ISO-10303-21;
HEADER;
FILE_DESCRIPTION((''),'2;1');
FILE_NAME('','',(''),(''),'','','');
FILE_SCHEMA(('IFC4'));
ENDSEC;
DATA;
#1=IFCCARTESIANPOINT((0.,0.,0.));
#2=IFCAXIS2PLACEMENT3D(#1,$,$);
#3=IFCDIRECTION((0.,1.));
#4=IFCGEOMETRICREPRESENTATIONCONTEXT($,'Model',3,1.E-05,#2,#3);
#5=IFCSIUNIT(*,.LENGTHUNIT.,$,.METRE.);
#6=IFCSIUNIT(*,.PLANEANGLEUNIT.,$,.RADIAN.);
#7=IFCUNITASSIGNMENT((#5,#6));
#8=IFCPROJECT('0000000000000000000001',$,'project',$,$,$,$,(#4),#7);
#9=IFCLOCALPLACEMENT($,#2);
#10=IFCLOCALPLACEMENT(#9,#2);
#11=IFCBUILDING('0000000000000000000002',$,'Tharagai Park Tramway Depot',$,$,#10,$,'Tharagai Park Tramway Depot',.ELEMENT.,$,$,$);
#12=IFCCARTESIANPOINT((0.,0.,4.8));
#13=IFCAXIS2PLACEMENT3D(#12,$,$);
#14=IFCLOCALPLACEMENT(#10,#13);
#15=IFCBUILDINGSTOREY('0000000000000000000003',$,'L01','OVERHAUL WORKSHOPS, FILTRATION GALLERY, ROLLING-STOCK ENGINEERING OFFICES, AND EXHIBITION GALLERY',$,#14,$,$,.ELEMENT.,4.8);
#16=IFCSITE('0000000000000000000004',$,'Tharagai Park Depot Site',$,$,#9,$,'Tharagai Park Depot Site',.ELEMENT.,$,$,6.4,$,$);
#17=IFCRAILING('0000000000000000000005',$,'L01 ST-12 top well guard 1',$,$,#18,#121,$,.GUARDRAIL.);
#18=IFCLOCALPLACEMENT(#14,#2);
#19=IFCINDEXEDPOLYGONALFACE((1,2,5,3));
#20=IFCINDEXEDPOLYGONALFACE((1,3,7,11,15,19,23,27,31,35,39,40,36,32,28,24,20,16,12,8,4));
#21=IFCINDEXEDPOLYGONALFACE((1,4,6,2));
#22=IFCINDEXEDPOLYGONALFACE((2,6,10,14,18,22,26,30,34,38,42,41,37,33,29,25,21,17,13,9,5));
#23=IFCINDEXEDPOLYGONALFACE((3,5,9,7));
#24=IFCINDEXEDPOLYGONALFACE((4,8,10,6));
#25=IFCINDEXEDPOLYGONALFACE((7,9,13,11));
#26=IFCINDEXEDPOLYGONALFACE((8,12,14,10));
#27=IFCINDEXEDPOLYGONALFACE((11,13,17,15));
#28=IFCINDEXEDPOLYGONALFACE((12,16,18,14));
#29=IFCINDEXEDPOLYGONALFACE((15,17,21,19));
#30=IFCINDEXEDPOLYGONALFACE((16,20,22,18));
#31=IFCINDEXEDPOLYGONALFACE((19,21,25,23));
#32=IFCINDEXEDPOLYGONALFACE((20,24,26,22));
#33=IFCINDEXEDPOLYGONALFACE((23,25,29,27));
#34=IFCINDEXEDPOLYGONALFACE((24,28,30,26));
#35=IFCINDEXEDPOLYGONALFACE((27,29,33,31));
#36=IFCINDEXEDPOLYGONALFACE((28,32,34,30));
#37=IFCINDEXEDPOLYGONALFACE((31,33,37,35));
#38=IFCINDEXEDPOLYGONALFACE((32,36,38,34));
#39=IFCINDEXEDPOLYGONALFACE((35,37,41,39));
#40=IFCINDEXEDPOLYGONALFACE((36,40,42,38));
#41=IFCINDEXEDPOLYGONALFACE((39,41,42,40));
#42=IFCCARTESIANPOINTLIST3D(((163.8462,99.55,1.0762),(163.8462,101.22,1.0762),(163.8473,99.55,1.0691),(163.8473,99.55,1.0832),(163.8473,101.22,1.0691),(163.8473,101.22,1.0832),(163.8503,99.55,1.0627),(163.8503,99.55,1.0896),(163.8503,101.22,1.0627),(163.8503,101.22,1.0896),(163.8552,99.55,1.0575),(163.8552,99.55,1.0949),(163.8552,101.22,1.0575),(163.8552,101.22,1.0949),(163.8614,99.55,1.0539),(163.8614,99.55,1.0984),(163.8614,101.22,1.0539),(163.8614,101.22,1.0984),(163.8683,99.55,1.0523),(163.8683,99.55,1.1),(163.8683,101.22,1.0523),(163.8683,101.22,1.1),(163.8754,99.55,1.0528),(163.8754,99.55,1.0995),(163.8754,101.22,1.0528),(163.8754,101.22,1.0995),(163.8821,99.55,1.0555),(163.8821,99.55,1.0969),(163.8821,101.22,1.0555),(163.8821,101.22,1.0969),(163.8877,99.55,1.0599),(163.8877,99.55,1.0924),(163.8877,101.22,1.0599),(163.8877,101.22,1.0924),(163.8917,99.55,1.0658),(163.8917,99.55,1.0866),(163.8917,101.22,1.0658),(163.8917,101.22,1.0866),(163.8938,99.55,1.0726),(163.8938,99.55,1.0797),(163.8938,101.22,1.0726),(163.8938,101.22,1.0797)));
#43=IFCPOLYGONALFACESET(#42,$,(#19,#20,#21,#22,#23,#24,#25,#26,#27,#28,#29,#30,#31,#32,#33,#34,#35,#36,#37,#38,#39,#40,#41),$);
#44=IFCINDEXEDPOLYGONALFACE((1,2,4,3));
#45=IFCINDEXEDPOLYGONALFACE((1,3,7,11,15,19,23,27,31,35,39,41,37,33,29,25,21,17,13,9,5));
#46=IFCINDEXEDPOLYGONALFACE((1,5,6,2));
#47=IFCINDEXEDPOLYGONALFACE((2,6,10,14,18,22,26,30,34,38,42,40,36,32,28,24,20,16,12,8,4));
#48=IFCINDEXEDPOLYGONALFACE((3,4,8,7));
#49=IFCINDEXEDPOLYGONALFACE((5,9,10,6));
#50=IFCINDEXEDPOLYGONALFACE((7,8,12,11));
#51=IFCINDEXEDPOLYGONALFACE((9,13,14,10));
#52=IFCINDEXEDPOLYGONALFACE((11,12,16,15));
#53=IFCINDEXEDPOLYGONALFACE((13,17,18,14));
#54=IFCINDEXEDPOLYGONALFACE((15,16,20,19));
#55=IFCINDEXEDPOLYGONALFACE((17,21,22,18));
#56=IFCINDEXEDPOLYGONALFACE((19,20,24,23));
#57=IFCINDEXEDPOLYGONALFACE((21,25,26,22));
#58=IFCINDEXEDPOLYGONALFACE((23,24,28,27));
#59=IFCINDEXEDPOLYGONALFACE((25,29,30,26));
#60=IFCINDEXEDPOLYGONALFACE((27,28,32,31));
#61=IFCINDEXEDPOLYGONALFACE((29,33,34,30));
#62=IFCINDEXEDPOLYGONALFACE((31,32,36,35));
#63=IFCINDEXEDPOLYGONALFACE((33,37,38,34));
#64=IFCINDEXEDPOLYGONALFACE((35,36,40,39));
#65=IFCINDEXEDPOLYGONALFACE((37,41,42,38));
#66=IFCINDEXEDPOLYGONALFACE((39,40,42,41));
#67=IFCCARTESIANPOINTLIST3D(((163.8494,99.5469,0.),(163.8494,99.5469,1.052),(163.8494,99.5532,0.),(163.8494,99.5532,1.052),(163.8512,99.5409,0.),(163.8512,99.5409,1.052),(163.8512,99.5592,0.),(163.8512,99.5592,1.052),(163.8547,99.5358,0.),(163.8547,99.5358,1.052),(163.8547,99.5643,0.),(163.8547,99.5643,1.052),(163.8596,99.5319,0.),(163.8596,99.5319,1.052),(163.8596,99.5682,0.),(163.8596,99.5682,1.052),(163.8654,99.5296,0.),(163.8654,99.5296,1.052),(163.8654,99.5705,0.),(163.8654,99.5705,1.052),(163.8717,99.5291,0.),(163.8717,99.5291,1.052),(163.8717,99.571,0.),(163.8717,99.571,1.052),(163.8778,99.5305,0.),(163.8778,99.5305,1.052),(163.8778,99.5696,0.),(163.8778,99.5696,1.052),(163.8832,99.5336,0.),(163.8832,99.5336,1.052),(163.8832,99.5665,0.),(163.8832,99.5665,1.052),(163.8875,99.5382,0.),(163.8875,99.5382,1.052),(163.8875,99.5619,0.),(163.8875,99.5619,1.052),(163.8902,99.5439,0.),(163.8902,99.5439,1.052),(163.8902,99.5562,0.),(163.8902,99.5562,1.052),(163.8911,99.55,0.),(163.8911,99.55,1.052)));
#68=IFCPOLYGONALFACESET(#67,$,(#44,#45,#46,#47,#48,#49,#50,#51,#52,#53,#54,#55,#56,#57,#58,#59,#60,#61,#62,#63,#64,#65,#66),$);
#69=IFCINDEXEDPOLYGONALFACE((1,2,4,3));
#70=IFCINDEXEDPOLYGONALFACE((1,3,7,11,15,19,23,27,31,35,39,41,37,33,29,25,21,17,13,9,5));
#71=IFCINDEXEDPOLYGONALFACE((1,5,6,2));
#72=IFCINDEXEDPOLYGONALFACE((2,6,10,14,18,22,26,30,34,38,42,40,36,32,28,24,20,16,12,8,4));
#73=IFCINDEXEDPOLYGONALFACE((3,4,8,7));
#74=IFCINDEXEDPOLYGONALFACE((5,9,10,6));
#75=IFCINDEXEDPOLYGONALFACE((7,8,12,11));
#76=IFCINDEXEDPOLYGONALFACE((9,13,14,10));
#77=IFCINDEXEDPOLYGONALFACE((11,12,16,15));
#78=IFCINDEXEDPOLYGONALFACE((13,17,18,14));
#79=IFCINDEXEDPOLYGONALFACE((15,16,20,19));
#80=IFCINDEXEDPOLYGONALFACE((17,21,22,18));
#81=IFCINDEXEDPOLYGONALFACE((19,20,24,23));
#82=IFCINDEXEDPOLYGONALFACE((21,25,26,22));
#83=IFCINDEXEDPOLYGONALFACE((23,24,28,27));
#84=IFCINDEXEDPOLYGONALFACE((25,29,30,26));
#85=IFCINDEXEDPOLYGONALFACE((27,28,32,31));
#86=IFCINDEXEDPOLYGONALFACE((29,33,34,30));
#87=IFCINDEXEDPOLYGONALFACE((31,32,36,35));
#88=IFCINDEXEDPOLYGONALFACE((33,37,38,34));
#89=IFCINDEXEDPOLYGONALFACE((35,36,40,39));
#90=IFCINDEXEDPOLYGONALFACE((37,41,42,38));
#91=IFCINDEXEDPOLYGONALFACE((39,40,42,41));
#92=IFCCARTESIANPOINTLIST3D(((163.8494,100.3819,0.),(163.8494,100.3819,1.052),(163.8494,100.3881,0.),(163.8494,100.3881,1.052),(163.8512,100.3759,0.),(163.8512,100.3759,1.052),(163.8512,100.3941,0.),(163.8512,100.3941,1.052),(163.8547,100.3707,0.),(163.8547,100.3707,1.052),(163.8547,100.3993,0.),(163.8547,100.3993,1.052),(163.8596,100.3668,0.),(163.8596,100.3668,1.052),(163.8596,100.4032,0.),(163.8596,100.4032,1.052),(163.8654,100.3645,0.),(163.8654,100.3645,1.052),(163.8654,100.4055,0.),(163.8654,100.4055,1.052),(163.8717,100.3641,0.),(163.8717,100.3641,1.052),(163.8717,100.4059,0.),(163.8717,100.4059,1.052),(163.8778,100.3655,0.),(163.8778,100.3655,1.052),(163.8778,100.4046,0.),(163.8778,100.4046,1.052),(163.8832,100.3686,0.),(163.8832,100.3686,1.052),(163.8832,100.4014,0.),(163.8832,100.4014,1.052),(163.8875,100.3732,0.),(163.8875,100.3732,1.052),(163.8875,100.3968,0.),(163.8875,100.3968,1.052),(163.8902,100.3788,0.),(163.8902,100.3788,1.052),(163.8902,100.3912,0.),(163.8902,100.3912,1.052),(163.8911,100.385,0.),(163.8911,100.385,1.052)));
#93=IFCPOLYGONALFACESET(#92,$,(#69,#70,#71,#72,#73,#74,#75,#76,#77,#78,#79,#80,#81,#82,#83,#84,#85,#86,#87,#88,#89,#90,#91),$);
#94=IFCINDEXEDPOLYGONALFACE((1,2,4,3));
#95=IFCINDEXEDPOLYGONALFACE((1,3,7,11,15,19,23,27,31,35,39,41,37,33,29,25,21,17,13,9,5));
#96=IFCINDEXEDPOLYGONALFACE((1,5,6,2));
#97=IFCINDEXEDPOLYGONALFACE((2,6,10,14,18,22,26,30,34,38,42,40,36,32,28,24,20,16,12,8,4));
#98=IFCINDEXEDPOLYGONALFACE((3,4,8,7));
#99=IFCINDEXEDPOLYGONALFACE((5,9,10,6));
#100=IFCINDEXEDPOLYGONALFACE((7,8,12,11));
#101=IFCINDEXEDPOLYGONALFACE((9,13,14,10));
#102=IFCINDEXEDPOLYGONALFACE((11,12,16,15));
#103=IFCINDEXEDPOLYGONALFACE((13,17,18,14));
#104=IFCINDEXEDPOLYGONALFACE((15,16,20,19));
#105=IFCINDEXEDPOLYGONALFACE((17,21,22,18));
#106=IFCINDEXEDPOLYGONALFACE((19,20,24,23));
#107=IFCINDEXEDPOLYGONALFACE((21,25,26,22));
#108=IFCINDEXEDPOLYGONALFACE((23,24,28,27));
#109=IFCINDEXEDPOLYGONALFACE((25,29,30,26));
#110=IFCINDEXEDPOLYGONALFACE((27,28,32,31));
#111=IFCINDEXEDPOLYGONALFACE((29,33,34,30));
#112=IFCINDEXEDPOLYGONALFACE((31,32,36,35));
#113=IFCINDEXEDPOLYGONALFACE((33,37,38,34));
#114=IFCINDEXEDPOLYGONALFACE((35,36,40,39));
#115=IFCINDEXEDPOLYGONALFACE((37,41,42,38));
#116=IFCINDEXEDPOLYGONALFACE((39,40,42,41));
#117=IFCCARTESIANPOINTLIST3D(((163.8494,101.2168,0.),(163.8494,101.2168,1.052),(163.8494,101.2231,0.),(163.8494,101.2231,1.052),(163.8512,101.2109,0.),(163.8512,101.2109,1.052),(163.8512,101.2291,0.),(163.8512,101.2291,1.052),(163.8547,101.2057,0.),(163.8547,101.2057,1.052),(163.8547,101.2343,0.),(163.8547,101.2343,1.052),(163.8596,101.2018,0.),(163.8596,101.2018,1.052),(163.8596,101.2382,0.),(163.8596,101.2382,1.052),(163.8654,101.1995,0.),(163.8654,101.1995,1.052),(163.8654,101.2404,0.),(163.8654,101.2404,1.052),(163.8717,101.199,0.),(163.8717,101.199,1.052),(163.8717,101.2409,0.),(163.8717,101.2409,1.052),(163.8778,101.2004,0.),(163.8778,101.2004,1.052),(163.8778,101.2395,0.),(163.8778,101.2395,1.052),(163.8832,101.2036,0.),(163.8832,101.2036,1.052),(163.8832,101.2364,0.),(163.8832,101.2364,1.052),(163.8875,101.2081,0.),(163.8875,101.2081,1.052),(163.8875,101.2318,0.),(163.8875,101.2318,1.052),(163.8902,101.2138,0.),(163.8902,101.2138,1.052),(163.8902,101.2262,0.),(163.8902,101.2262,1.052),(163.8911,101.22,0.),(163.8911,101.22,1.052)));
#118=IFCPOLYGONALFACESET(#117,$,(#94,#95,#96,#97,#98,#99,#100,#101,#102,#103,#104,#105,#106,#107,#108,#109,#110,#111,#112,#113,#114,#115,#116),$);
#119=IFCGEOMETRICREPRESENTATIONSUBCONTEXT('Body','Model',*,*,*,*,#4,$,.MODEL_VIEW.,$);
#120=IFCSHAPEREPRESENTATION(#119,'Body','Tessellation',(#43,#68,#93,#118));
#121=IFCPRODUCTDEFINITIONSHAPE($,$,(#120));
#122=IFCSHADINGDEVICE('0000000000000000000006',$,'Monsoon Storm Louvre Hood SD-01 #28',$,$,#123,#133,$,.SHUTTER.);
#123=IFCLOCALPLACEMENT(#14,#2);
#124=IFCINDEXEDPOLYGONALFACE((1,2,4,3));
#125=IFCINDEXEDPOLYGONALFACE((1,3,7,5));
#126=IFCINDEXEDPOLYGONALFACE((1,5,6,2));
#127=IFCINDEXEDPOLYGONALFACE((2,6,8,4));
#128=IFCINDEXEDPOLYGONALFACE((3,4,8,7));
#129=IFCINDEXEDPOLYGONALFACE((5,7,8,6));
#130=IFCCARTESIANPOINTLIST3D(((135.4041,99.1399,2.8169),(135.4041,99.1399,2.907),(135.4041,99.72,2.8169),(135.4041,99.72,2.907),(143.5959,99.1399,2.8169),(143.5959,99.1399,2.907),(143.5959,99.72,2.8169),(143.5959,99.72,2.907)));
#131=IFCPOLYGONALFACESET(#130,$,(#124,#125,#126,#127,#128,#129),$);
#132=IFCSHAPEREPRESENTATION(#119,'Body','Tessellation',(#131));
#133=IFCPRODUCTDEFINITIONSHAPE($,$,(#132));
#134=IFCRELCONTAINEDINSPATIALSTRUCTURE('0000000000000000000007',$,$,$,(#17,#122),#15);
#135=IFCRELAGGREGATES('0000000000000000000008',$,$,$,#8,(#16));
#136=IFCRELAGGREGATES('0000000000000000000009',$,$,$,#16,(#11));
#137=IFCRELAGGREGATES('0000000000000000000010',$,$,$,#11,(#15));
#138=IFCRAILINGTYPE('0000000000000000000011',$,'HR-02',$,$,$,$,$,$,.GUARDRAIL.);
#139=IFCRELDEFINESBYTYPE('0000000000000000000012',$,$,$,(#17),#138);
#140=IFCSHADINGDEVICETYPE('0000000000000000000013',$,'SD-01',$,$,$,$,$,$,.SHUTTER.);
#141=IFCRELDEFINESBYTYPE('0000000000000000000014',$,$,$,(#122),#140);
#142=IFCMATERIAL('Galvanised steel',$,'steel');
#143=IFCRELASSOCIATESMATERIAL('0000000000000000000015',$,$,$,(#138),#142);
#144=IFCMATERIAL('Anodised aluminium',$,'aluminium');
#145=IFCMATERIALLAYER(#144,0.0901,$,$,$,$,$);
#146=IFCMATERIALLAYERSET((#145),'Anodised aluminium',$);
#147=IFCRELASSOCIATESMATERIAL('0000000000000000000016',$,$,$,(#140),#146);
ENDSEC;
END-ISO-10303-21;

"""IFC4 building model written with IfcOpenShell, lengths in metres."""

from ifc_helpers import new_model, si_unit, direction, frame, origin, origin_2d, place, context, subcontext, project, spatial, rectangle, circle, extrude, material, layer, layer_set, type_object, element, save


model = new_model("IFC4")

# Units and contexts
model_context = context("Model", 3, precision=1e-05, world=origin(), true_north=direction((0.0, 1.0)))
body_context = subcontext(model_context, "Body", "Model", "MODEL_VIEW")
ifc_project = project(units=[si_unit("LENGTHUNIT", "METRE"), si_unit("PLANEANGLEUNIT", "RADIAN")], contexts=[model_context])

# Site, building, storey
site_placement = place(None, origin())
site = spatial("IfcSite", under=ifc_project, at=site_placement, Name="Tharagai Park Depot Site", LongName="Tharagai Park Depot Site", CompositionType="ELEMENT", RefElevation=6.4)
building_placement = place(site_placement, origin())
building = spatial("IfcBuilding", under=site, at=building_placement, Name="Tharagai Park Tramway Depot", LongName="Tharagai Park Tramway Depot", CompositionType="ELEMENT")
storey_placement = place(building_placement, frame((0.0, 0.0, 4.8)))
storey = spatial("IfcBuildingStorey", under=building, at=storey_placement, Name="L01", Description="OVERHAUL WORKSHOPS, FILTRATION GALLERY, ROLLING-STOCK ENGINEERING OFFICES, AND EXHIBITION GALLERY", CompositionType="ELEMENT", Elevation=4.8)

# Shared definitions
ifc_material_1 = material(Name="Galvanised steel", Category="steel")

# Railing
railing_type = type_object("IfcRailingType", Name="HR-02", PredefinedType="GUARDRAIL", material=ifc_material_1)
railing_placement = place(storey_placement, frame((163.8701, 99.55, 0.0)))
element("IfcRailing", 1, at=railing_placement, inside=storey, type_object=railing_type, Name="L01 ST-12 top well guard 1", PredefinedType="GUARDRAIL", context=body_context, shape_type="SweptSolid", body=[
    extrude(circle(Radius=0.0239, at=origin_2d()), frame((0.0, 0.0, 1.0762), z_axis=(0.0, 1.0, 0.0), x_axis=(-1.0, 0.0, 0.0)), (0.0, 0.0, 1.0), 1.6699),
    extrude(circle(Radius=0.021, at=origin_2d()), origin(), (0.0, 0.0, 1.0), 1.052),
    extrude(circle(Radius=0.021, at=origin_2d()), frame((0.0, 0.835, 0.0)), (0.0, 0.0, 1.0), 1.052),
    extrude(circle(Radius=0.021, at=origin_2d()), frame((0.0, 1.6699, 0.0)), (0.0, 0.0, 1.0), 1.052),
])

# Shading device
ifc_material_2 = material(Name="Anodised aluminium", Category="aluminium")
ifc_layer_1 = layer(ifc_material_2, 0.0901)
ifc_layer_set_1 = layer_set([ifc_layer_1], Name="Anodised aluminium")
shading_device_type = type_object("IfcShadingDeviceType", Name="SD-01", PredefinedType="SHUTTER", material=ifc_layer_set_1)
shading_device_placement = place(storey_placement, frame((139.5, 99.4299, 2.8169), z_axis=(0.0, 0.0, 1.0), x_axis=(1.0, 0.0, 0.0)))
element("IfcShadingDevice", 2, at=shading_device_placement, inside=storey, type_object=shading_device_type, Name="Monsoon Storm Louvre Hood SD-01 #28", PredefinedType="SHUTTER", context=body_context, shape_type="SweptSolid", body=[
    extrude(rectangle(XDim=8.1919, YDim=0.5801, at=origin_2d()), origin(), (0.0, 0.0, 1.0), 0.0901),
])

save(model, "model.ifc")
